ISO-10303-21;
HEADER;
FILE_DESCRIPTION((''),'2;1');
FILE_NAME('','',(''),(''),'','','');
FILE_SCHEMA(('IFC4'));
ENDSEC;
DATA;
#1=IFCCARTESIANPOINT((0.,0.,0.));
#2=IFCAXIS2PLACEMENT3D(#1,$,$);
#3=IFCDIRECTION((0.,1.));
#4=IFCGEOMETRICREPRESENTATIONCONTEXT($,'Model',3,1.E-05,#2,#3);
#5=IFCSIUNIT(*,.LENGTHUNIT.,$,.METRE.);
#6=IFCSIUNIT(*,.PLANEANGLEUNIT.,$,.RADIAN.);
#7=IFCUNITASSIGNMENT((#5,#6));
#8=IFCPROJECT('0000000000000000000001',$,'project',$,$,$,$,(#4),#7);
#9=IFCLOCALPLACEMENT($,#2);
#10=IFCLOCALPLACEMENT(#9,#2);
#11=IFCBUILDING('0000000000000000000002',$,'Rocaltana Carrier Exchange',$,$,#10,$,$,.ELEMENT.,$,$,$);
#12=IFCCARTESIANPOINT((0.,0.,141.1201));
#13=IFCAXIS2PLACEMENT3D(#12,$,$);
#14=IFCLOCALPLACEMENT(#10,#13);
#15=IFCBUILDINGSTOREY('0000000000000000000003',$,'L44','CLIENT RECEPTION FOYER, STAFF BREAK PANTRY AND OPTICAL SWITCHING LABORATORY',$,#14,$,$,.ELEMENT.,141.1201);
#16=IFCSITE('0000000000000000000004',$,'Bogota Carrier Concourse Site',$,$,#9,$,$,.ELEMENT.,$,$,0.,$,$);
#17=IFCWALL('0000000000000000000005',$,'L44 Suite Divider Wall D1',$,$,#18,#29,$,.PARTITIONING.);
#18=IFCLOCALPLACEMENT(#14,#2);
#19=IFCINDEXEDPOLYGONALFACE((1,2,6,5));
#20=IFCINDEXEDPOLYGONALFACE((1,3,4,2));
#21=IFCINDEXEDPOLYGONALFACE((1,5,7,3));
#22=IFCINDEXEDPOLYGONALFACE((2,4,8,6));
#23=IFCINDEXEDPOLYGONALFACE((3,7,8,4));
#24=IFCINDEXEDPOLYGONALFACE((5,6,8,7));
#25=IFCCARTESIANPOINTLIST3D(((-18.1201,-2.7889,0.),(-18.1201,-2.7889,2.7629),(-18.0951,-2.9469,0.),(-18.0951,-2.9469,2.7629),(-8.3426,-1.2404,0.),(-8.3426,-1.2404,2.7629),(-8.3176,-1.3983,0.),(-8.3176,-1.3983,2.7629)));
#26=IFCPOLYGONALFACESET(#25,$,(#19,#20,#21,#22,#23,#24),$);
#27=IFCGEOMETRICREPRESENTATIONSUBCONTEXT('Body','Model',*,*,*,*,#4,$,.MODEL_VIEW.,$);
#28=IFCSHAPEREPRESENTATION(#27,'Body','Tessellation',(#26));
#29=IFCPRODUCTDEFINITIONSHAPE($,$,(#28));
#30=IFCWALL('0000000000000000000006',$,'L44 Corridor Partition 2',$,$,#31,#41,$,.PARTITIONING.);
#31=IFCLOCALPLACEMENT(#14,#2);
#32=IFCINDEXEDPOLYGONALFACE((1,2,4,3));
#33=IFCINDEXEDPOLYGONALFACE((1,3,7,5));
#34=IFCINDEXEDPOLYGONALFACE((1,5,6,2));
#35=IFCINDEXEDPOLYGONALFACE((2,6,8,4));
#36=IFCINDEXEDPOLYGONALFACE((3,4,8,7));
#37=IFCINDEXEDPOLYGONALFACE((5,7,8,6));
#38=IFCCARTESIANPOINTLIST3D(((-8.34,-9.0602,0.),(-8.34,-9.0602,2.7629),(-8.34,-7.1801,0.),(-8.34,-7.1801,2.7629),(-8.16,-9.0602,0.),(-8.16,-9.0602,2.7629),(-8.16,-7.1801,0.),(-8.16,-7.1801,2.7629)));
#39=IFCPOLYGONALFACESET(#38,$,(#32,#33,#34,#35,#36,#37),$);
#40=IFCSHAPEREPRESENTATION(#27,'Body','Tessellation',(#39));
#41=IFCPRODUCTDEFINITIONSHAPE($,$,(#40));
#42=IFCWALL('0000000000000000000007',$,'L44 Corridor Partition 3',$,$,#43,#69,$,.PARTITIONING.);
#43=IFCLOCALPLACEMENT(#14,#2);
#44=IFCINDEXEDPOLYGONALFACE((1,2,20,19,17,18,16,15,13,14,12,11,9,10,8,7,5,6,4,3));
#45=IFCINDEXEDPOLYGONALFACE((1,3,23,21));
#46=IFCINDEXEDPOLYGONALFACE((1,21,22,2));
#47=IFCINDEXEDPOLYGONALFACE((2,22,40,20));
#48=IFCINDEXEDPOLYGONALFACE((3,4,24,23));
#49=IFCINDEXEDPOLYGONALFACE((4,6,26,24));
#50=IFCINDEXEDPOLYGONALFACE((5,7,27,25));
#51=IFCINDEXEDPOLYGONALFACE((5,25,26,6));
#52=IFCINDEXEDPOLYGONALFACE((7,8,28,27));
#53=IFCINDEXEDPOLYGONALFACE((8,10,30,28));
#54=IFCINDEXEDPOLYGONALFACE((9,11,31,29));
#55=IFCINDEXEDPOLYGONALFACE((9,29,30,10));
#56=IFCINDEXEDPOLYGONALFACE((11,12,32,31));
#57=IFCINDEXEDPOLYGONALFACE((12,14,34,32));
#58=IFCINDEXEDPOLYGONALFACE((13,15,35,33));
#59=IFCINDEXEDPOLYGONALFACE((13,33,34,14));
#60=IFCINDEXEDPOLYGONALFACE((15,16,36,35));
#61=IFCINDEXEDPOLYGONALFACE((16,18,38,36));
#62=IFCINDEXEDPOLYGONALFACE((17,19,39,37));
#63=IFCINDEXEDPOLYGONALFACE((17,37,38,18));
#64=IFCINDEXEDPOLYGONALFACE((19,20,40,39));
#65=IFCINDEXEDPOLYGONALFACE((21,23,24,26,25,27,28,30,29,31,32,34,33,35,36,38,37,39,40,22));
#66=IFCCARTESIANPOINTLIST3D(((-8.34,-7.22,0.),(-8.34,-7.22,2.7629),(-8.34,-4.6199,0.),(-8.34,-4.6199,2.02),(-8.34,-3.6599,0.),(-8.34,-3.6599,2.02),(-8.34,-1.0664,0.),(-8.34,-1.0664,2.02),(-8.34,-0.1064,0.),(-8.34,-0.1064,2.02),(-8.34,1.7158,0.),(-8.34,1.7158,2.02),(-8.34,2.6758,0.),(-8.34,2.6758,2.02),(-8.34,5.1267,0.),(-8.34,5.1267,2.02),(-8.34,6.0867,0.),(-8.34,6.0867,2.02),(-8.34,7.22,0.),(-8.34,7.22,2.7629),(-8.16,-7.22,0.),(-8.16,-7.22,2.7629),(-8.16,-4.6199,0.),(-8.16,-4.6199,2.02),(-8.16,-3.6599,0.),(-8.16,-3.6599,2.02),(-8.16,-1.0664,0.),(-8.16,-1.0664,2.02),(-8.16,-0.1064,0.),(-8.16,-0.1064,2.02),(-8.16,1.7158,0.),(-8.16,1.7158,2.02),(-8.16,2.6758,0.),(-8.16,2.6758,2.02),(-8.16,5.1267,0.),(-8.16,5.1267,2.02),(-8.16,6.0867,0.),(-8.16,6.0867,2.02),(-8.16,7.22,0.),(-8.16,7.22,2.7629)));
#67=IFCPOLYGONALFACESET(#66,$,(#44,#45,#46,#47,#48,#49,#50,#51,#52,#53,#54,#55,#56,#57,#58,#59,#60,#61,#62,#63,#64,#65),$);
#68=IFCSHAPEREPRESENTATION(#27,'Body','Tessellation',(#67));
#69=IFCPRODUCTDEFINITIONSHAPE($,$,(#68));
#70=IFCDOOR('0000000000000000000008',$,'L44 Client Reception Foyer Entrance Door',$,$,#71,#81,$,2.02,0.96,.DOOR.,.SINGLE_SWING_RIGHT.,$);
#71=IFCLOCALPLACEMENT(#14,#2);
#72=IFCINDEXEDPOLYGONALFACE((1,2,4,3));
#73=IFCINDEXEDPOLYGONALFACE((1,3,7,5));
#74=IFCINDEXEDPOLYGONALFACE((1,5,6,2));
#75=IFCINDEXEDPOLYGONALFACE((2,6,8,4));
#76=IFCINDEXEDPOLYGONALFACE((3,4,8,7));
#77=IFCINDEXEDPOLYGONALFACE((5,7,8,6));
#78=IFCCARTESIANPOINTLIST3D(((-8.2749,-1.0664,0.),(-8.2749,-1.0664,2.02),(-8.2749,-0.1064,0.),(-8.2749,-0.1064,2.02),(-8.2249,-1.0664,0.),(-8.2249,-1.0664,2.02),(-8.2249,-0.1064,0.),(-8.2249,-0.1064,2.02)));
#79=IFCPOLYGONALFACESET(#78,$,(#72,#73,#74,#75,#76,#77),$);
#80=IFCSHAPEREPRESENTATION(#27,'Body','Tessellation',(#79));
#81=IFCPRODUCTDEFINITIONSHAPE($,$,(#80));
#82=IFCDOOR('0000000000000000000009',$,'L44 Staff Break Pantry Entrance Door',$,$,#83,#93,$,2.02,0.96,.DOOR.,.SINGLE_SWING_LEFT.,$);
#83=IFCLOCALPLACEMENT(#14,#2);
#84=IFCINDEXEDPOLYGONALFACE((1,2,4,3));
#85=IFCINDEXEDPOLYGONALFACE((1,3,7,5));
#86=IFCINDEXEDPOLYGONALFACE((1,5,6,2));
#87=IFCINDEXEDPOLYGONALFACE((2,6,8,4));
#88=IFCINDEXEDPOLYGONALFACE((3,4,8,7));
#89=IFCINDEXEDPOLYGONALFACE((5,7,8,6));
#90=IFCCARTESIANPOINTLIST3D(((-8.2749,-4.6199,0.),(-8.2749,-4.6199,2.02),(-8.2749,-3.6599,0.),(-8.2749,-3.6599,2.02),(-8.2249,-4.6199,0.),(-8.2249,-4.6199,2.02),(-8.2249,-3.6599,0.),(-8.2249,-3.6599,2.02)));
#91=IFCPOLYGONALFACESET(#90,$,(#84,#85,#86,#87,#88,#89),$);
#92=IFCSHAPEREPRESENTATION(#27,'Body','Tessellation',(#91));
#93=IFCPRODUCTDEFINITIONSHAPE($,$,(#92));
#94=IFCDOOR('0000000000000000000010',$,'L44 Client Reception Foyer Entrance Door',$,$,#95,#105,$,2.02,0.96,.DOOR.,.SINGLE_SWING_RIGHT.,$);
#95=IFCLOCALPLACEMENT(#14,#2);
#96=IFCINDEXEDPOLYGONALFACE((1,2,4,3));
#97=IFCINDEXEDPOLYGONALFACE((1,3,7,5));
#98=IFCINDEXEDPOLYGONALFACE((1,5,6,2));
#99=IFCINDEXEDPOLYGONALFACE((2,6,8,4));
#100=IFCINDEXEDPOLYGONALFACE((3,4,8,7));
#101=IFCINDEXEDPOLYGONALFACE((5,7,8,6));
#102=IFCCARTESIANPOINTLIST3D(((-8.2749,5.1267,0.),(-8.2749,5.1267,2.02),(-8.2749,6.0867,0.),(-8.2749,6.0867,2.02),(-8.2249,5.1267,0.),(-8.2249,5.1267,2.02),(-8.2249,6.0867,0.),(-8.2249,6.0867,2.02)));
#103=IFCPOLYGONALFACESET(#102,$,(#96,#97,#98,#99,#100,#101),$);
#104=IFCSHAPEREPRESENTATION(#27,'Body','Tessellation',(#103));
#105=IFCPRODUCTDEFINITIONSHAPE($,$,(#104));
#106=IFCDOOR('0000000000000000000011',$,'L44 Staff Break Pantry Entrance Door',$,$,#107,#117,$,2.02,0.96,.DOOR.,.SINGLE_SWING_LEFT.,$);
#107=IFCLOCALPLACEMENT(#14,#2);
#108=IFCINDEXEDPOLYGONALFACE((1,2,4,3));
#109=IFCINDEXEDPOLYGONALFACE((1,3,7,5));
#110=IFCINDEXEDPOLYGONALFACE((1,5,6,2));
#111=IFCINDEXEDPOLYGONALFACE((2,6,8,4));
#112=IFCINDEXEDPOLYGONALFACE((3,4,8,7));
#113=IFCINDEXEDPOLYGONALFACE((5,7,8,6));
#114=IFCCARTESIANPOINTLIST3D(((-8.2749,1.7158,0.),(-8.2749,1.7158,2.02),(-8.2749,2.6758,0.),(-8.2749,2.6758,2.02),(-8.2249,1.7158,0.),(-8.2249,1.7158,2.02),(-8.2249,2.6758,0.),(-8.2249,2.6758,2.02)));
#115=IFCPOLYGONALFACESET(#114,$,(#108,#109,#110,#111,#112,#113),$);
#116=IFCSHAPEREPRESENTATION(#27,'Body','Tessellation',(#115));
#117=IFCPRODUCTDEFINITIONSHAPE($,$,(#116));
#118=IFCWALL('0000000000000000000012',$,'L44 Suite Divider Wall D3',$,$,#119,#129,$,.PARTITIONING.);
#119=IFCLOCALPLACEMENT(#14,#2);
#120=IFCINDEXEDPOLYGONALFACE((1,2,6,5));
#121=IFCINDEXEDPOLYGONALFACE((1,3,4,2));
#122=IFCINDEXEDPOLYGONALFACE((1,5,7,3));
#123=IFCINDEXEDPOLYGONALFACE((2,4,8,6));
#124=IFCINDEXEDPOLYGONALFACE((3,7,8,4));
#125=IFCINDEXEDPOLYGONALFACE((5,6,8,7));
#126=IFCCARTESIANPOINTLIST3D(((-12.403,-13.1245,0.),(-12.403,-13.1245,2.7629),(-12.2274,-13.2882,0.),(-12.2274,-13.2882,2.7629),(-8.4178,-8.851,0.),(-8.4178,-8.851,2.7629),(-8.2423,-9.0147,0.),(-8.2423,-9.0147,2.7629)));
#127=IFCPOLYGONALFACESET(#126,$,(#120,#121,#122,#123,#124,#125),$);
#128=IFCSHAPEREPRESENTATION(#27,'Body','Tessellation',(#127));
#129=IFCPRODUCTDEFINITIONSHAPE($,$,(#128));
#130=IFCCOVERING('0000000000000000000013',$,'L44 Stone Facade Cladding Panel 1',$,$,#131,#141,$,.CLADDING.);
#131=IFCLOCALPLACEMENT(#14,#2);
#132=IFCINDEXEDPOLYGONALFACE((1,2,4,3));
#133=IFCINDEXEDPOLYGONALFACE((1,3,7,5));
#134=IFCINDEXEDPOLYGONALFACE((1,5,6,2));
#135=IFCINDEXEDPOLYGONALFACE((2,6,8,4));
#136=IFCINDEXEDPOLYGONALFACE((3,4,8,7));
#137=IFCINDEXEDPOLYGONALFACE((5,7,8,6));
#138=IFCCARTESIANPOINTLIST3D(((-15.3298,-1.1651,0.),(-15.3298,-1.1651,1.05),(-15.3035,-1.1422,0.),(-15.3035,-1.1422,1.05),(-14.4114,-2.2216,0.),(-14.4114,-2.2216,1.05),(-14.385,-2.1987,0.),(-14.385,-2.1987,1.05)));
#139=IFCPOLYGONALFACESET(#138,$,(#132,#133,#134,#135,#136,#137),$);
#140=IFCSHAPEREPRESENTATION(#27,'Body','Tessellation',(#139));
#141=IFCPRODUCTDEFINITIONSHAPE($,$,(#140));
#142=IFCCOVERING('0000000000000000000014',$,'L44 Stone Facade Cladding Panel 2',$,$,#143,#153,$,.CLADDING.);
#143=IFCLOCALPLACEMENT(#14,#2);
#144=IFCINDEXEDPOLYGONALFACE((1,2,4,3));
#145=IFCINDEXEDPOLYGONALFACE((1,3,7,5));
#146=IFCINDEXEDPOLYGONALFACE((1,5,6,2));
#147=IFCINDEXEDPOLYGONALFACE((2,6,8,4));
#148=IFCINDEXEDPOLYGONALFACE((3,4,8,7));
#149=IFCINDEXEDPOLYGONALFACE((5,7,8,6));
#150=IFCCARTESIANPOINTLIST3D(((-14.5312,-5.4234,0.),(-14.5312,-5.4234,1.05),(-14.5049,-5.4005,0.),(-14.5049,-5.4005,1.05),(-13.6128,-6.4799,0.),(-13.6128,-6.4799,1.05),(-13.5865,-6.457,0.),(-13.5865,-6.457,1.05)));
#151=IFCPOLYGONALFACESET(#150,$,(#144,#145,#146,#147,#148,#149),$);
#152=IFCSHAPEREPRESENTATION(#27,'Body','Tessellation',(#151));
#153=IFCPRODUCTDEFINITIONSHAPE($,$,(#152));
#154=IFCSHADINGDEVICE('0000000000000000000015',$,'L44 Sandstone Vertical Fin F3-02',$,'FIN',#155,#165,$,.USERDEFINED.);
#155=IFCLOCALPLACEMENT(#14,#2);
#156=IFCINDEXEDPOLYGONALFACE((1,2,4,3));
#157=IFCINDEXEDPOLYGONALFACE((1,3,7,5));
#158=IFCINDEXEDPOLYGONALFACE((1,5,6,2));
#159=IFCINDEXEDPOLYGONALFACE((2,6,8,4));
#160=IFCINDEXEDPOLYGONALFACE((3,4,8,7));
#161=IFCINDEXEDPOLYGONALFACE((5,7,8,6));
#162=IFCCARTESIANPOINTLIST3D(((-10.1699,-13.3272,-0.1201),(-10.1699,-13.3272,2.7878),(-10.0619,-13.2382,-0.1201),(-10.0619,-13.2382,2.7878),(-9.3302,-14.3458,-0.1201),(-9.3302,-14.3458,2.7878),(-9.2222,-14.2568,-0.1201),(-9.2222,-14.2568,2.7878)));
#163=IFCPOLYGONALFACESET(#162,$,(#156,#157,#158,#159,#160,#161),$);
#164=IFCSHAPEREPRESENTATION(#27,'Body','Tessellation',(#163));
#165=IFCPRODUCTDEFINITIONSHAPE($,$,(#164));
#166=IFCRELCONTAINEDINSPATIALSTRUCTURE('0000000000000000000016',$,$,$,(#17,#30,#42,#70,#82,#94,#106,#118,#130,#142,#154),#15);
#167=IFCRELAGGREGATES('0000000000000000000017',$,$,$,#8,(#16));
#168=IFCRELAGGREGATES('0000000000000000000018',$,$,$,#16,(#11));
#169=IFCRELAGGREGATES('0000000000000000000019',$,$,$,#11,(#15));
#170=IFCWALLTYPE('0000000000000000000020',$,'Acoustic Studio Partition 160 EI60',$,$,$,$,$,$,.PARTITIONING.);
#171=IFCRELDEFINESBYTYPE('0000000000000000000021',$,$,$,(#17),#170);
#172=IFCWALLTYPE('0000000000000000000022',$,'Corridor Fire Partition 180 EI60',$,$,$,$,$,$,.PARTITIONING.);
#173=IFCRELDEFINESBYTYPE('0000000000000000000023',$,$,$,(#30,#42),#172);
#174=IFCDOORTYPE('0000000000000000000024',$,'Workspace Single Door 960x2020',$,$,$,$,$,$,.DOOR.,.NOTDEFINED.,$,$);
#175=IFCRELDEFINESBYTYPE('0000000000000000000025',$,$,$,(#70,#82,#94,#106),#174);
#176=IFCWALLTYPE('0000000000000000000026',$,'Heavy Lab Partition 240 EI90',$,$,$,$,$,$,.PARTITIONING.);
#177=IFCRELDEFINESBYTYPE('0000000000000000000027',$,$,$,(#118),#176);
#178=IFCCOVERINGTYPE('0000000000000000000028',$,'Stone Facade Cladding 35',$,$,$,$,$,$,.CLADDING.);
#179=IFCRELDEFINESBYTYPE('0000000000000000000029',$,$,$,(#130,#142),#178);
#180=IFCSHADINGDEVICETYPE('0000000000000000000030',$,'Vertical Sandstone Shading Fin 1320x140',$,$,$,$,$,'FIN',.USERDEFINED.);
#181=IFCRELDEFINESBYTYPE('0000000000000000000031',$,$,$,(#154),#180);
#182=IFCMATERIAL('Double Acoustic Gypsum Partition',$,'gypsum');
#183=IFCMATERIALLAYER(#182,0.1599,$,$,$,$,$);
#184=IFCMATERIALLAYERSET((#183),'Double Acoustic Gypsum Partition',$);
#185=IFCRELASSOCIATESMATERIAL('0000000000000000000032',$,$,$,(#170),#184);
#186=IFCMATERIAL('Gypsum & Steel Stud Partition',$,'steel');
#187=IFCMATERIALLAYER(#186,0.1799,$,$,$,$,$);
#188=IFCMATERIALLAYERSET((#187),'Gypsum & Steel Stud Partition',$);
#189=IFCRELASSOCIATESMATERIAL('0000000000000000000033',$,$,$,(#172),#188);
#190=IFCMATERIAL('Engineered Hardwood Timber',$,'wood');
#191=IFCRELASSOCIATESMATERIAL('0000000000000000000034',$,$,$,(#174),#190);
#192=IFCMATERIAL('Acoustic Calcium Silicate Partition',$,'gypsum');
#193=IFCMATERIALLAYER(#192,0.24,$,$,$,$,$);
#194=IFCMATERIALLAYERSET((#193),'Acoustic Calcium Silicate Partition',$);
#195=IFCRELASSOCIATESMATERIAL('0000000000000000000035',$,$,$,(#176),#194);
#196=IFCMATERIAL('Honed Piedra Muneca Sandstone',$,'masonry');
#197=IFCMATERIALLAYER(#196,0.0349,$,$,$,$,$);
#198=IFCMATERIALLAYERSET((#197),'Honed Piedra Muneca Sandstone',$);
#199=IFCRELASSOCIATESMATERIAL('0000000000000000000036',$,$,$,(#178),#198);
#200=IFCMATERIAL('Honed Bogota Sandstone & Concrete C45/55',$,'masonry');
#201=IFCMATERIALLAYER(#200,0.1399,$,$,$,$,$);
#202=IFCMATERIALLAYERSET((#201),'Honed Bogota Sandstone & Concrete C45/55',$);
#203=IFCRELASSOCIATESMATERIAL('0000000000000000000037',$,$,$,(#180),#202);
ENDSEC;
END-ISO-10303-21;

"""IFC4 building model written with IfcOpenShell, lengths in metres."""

from ifc_helpers import new_model, si_unit, direction, frame, frame_2d, origin, origin_2d, place, context, subcontext, project, spatial, rectangle, extrude, material, layer, layer_set, type_object, element, fill, save


model = new_model("IFC4")

# Units and contexts
model_context = context("Model", 3, precision=1e-05, world=origin(), true_north=direction((0.0, 1.0)))
body_context = subcontext(model_context, "Body", "Model", "MODEL_VIEW")
ifc_project = project(units=[si_unit("LENGTHUNIT", "METRE"), si_unit("PLANEANGLEUNIT", "RADIAN")], contexts=[model_context])

# Site, building, storey
site_placement = place(None, origin())
site = spatial("IfcSite", under=ifc_project, at=site_placement, Name="Bogota Carrier Concourse Site", CompositionType="ELEMENT", RefElevation=0.0)
building_placement = place(site_placement, origin())
building = spatial("IfcBuilding", under=site, at=building_placement, Name="Rocaltana Carrier Exchange", CompositionType="ELEMENT")
storey_placement = place(building_placement, frame((0.0, 0.0, 141.1201)))
storey = spatial("IfcBuildingStorey", under=building, at=storey_placement, Name="L44", Description="CLIENT RECEPTION FOYER, STAFF BREAK PANTRY AND OPTICAL SWITCHING LABORATORY", CompositionType="ELEMENT", Elevation=141.1201)

# Walls
ifc_material_1 = material(Name="Double Acoustic Gypsum Partition", Category="gypsum")
ifc_layer_1 = layer(ifc_material_1, 0.1599)
ifc_layer_set_1 = layer_set([ifc_layer_1], Name="Double Acoustic Gypsum Partition")
wall_type_1 = type_object("IfcWallType", Name="Acoustic Studio Partition 160 EI60", PredefinedType="PARTITIONING", material=ifc_layer_set_1)
wall_1_placement = place(storey_placement, frame((-8.3301, -1.3193, 0.0), z_axis=(0.0, 0.0, 1.0), x_axis=(-0.987689, -0.156431, 0.0)))
element("IfcWall", 1, at=wall_1_placement, inside=storey, type_object=wall_type_1, Name="L44 Suite Divider Wall D1", PredefinedType="PARTITIONING", context=body_context, shape_type="SweptSolid", body=[
    extrude(rectangle(XDim=9.8994, YDim=0.1599, at=frame_2d((4.9497, 0.0))), origin(), (0.0, 0.0, 1.0), 2.7629),
])
ifc_material_2 = material(Name="Gypsum & Steel Stud Partition", Category="steel")
ifc_layer_2 = layer(ifc_material_2, 0.1799)
ifc_layer_set_2 = layer_set([ifc_layer_2], Name="Gypsum & Steel Stud Partition")
wall_type_2 = type_object("IfcWallType", Name="Corridor Fire Partition 180 EI60", PredefinedType="PARTITIONING", material=ifc_layer_set_2)
wall_2_placement = place(storey_placement, frame((-8.25, -9.0601, 0.0), z_axis=(0.0, 0.0, 1.0), x_axis=(0.0, 1.0, 0.0)))
element("IfcWall", 2, at=wall_2_placement, inside=storey, type_object=wall_type_2, Name="L44 Corridor Partition 2", PredefinedType="PARTITIONING", context=body_context, shape_type="SweptSolid", body=[
    extrude(rectangle(XDim=1.8801, YDim=0.1799, at=frame_2d((0.9399, 0.0))), origin(), (0.0, 0.0, 1.0), 2.7629),
])

# Wall, openings, doors
wall_3_placement = place(storey_placement, frame((-8.25, -7.22, 0.0), z_axis=(0.0, 0.0, 1.0), x_axis=(0.0, 1.0, 0.0)))
wall_3 = element("IfcWall", 3, at=wall_3_placement, inside=storey, type_object=wall_type_2, Name="L44 Corridor Partition 3", PredefinedType="PARTITIONING", context=body_context, shape_type="SweptSolid", body=[
    extrude(rectangle(XDim=14.4399, YDim=0.1799, at=frame_2d((7.22, 0.0))), origin(), (0.0, 0.0, 1.0), 2.7629),
])
opening_1_placement = place(wall_3_placement, frame((6.1536, 0.0, 0.0)))
opening_1 = element("IfcOpeningElement", 4, at=opening_1_placement, cuts=wall_3, PredefinedType="OPENING", context=body_context, shape_type="SweptSolid", body=[
    extrude(rectangle(XDim=0.96, YDim=2.02, at=frame_2d((0.48, 1.01))), frame((0.0, 0.0999, 0.0), z_axis=(0.0, -1.0, 0.0), x_axis=(1.0, 0.0, 0.0)), (0.0, 0.0, 1.0), 0.2),
])
opening_2_placement = place(wall_3_placement, frame((2.6001, 0.0, 0.0)))
opening_2 = element("IfcOpeningElement", 5, at=opening_2_placement, cuts=wall_3, PredefinedType="OPENING", context=body_context, shape_type="SweptSolid", body=[
    extrude(rectangle(XDim=0.96, YDim=2.02, at=frame_2d((0.48, 1.01))), frame((0.0, 0.0999, 0.0), z_axis=(0.0, -1.0, 0.0), x_axis=(1.0, 0.0, 0.0)), (0.0, 0.0, 1.0), 0.2),
])
opening_3_placement = place(wall_3_placement, frame((12.3467, 0.0, 0.0)))
opening_3 = element("IfcOpeningElement", 6, at=opening_3_placement, cuts=wall_3, PredefinedType="OPENING", context=body_context, shape_type="SweptSolid", body=[
    extrude(rectangle(XDim=0.96, YDim=2.02, at=frame_2d((0.48, 1.01))), frame((0.0, 0.0999, 0.0), z_axis=(0.0, -1.0, 0.0), x_axis=(1.0, 0.0, 0.0)), (0.0, 0.0, 1.0), 0.2),
])
opening_4_placement = place(wall_3_placement, frame((8.9358, 0.0, 0.0)))
opening_4 = element("IfcOpeningElement", 7, at=opening_4_placement, cuts=wall_3, PredefinedType="OPENING", context=body_context, shape_type="SweptSolid", body=[
    extrude(rectangle(XDim=0.96, YDim=2.02, at=frame_2d((0.48, 1.01))), frame((0.0, 0.0999, 0.0), z_axis=(0.0, -1.0, 0.0), x_axis=(1.0, 0.0, 0.0)), (0.0, 0.0, 1.0), 0.2),
])
ifc_material_3 = material(Name="Engineered Hardwood Timber", Category="wood")
door_type = type_object("IfcDoorType", Name="Workspace Single Door 960x2020", OperationType="NOTDEFINED", PredefinedType="DOOR", material=ifc_material_3)
door_1_placement = place(opening_1_placement, origin())
door_1 = element("IfcDoor", 8, at=door_1_placement, inside=storey, type_object=door_type, Name="L44 Client Reception Foyer Entrance Door", OperationType="SINGLE_SWING_RIGHT", OverallHeight=2.02, OverallWidth=0.96, PredefinedType="DOOR", context=body_context, shape_type="SweptSolid", body=[
    extrude(rectangle(XDim=0.96, YDim=2.02, at=frame_2d((0.48, 1.01))), frame((0.0, 0.0249, 0.0), z_axis=(0.0, -1.0, 0.0), x_axis=(1.0, 0.0, 0.0)), (0.0, 0.0, 1.0), 0.05),
])
fill(opening_1, door_1)
door_2_placement = place(opening_2_placement, origin())
door_2 = element("IfcDoor", 9, at=door_2_placement, inside=storey, type_object=door_type, Name="L44 Staff Break Pantry Entrance Door", OperationType="SINGLE_SWING_LEFT", OverallHeight=2.02, OverallWidth=0.96, PredefinedType="DOOR", context=body_context, shape_type="SweptSolid", body=[
    extrude(rectangle(XDim=0.96, YDim=2.02, at=frame_2d((0.48, 1.01))), frame((0.0, 0.0249, 0.0), z_axis=(0.0, -1.0, 0.0), x_axis=(1.0, 0.0, 0.0)), (0.0, 0.0, 1.0), 0.05),
])
fill(opening_2, door_2)
door_3_placement = place(opening_3_placement, origin())
door_3 = element("IfcDoor", 10, at=door_3_placement, inside=storey, type_object=door_type, Name="L44 Client Reception Foyer Entrance Door", OperationType="SINGLE_SWING_RIGHT", OverallHeight=2.02, OverallWidth=0.96, PredefinedType="DOOR", context=body_context, shape_type="SweptSolid", body=[
    extrude(rectangle(XDim=0.96, YDim=2.02, at=frame_2d((0.48, 1.01))), frame((0.0, 0.0249, 0.0), z_axis=(0.0, -1.0, 0.0), x_axis=(1.0, 0.0, 0.0)), (0.0, 0.0, 1.0), 0.05),
])
fill(opening_3, door_3)
door_4_placement = place(opening_4_placement, origin())
door_4 = element("IfcDoor", 11, at=door_4_placement, inside=storey, type_object=door_type, Name="L44 Staff Break Pantry Entrance Door", OperationType="SINGLE_SWING_LEFT", OverallHeight=2.02, OverallWidth=0.96, PredefinedType="DOOR", context=body_context, shape_type="SweptSolid", body=[
    extrude(rectangle(XDim=0.96, YDim=2.02, at=frame_2d((0.48, 1.01))), frame((0.0, 0.0249, 0.0), z_axis=(0.0, -1.0, 0.0), x_axis=(1.0, 0.0, 0.0)), (0.0, 0.0, 1.0), 0.05),
])
fill(opening_4, door_4)

# Wall
ifc_material_4 = material(Name="Acoustic Calcium Silicate Partition", Category="gypsum")
ifc_layer_3 = layer(ifc_material_4, 0.24)
ifc_layer_set_3 = layer_set([ifc_layer_3], Name="Acoustic Calcium Silicate Partition")
wall_type_3 = type_object("IfcWallType", Name="Heavy Lab Partition 240 EI90", PredefinedType="PARTITIONING", material=ifc_layer_set_3)
wall_4_placement = place(storey_placement, frame((-8.3301, -8.9329, 0.0), z_axis=(0.0, 0.0, 1.0), x_axis=(-0.682004, -0.731348, 0.0)))
element("IfcWall", 12, at=wall_4_placement, inside=storey, type_object=wall_type_3, Name="L44 Suite Divider Wall D3", PredefinedType="PARTITIONING", context=body_context, shape_type="SweptSolid", body=[
    extrude(rectangle(XDim=5.8433, YDim=0.24, at=frame_2d((2.9216, 0.0))), origin(), (0.0, 0.0, 1.0), 2.7629),
])

# Coverings
ifc_material_5 = material(Name="Honed Piedra Muneca Sandstone", Category="masonry")
ifc_layer_4 = layer(ifc_material_5, 0.0349)
ifc_layer_set_4 = layer_set([ifc_layer_4], Name="Honed Piedra Muneca Sandstone")
covering_type = type_object("IfcCoveringType", Name="Stone Facade Cladding 35", PredefinedType="CLADDING", material=ifc_layer_set_4)
for number, where, z_axis, x_axis, name in (
    (13, (-14.8574, -1.6819, 0.0), (0.0, 0.0, 1.0), (-0.656059, 0.75471, 0.0), "L44 Stone Facade Cladding Panel 1"),
    (14, (-14.0588, -5.9402, 0.0), (0.0, 0.0, 1.0), (-0.656059, 0.75471, 0.0), "L44 Stone Facade Cladding Panel 2"),
):
    element("IfcCovering", number, at=place(storey_placement, frame(where, z_axis=z_axis, x_axis=x_axis)), inside=storey, type_object=covering_type, Name=name, PredefinedType="CLADDING", context=body_context, shape_type="SweptSolid", body=[
        extrude(rectangle(XDim=1.3999, YDim=0.0349, at=origin_2d()), origin(), (0.0, 0.0, 1.0), 1.05),
    ])

# Shading device
ifc_material_6 = material(Name="Honed Bogota Sandstone & Concrete C45/55", Category="masonry")
ifc_layer_5 = layer(ifc_material_6, 0.1399)
ifc_layer_set_5 = layer_set([ifc_layer_5], Name="Honed Bogota Sandstone & Concrete C45/55")
shading_device_type = type_object("IfcShadingDeviceType", Name="Vertical Sandstone Shading Fin 1320x140", ElementType="FIN", PredefinedType="USERDEFINED", material=ifc_layer_set_5)
shading_device_placement = place(storey_placement, frame((-9.696, -13.792, -0.1201), z_axis=(0.0, 0.0, 1.0), x_axis=(0.636078, -0.771625, 0.0)))
element("IfcShadingDevice", 15, at=shading_device_placement, inside=storey, type_object=shading_device_type, Name="L44 Sandstone Vertical Fin F3-02", ObjectType="FIN", PredefinedType="USERDEFINED", context=body_context, shape_type="SweptSolid", body=[
    extrude(rectangle(XDim=1.3201, YDim=0.1399, at=origin_2d()), origin(), (0.0, 0.0, 1.0), 2.908),
])

save(model, "model.ifc")
